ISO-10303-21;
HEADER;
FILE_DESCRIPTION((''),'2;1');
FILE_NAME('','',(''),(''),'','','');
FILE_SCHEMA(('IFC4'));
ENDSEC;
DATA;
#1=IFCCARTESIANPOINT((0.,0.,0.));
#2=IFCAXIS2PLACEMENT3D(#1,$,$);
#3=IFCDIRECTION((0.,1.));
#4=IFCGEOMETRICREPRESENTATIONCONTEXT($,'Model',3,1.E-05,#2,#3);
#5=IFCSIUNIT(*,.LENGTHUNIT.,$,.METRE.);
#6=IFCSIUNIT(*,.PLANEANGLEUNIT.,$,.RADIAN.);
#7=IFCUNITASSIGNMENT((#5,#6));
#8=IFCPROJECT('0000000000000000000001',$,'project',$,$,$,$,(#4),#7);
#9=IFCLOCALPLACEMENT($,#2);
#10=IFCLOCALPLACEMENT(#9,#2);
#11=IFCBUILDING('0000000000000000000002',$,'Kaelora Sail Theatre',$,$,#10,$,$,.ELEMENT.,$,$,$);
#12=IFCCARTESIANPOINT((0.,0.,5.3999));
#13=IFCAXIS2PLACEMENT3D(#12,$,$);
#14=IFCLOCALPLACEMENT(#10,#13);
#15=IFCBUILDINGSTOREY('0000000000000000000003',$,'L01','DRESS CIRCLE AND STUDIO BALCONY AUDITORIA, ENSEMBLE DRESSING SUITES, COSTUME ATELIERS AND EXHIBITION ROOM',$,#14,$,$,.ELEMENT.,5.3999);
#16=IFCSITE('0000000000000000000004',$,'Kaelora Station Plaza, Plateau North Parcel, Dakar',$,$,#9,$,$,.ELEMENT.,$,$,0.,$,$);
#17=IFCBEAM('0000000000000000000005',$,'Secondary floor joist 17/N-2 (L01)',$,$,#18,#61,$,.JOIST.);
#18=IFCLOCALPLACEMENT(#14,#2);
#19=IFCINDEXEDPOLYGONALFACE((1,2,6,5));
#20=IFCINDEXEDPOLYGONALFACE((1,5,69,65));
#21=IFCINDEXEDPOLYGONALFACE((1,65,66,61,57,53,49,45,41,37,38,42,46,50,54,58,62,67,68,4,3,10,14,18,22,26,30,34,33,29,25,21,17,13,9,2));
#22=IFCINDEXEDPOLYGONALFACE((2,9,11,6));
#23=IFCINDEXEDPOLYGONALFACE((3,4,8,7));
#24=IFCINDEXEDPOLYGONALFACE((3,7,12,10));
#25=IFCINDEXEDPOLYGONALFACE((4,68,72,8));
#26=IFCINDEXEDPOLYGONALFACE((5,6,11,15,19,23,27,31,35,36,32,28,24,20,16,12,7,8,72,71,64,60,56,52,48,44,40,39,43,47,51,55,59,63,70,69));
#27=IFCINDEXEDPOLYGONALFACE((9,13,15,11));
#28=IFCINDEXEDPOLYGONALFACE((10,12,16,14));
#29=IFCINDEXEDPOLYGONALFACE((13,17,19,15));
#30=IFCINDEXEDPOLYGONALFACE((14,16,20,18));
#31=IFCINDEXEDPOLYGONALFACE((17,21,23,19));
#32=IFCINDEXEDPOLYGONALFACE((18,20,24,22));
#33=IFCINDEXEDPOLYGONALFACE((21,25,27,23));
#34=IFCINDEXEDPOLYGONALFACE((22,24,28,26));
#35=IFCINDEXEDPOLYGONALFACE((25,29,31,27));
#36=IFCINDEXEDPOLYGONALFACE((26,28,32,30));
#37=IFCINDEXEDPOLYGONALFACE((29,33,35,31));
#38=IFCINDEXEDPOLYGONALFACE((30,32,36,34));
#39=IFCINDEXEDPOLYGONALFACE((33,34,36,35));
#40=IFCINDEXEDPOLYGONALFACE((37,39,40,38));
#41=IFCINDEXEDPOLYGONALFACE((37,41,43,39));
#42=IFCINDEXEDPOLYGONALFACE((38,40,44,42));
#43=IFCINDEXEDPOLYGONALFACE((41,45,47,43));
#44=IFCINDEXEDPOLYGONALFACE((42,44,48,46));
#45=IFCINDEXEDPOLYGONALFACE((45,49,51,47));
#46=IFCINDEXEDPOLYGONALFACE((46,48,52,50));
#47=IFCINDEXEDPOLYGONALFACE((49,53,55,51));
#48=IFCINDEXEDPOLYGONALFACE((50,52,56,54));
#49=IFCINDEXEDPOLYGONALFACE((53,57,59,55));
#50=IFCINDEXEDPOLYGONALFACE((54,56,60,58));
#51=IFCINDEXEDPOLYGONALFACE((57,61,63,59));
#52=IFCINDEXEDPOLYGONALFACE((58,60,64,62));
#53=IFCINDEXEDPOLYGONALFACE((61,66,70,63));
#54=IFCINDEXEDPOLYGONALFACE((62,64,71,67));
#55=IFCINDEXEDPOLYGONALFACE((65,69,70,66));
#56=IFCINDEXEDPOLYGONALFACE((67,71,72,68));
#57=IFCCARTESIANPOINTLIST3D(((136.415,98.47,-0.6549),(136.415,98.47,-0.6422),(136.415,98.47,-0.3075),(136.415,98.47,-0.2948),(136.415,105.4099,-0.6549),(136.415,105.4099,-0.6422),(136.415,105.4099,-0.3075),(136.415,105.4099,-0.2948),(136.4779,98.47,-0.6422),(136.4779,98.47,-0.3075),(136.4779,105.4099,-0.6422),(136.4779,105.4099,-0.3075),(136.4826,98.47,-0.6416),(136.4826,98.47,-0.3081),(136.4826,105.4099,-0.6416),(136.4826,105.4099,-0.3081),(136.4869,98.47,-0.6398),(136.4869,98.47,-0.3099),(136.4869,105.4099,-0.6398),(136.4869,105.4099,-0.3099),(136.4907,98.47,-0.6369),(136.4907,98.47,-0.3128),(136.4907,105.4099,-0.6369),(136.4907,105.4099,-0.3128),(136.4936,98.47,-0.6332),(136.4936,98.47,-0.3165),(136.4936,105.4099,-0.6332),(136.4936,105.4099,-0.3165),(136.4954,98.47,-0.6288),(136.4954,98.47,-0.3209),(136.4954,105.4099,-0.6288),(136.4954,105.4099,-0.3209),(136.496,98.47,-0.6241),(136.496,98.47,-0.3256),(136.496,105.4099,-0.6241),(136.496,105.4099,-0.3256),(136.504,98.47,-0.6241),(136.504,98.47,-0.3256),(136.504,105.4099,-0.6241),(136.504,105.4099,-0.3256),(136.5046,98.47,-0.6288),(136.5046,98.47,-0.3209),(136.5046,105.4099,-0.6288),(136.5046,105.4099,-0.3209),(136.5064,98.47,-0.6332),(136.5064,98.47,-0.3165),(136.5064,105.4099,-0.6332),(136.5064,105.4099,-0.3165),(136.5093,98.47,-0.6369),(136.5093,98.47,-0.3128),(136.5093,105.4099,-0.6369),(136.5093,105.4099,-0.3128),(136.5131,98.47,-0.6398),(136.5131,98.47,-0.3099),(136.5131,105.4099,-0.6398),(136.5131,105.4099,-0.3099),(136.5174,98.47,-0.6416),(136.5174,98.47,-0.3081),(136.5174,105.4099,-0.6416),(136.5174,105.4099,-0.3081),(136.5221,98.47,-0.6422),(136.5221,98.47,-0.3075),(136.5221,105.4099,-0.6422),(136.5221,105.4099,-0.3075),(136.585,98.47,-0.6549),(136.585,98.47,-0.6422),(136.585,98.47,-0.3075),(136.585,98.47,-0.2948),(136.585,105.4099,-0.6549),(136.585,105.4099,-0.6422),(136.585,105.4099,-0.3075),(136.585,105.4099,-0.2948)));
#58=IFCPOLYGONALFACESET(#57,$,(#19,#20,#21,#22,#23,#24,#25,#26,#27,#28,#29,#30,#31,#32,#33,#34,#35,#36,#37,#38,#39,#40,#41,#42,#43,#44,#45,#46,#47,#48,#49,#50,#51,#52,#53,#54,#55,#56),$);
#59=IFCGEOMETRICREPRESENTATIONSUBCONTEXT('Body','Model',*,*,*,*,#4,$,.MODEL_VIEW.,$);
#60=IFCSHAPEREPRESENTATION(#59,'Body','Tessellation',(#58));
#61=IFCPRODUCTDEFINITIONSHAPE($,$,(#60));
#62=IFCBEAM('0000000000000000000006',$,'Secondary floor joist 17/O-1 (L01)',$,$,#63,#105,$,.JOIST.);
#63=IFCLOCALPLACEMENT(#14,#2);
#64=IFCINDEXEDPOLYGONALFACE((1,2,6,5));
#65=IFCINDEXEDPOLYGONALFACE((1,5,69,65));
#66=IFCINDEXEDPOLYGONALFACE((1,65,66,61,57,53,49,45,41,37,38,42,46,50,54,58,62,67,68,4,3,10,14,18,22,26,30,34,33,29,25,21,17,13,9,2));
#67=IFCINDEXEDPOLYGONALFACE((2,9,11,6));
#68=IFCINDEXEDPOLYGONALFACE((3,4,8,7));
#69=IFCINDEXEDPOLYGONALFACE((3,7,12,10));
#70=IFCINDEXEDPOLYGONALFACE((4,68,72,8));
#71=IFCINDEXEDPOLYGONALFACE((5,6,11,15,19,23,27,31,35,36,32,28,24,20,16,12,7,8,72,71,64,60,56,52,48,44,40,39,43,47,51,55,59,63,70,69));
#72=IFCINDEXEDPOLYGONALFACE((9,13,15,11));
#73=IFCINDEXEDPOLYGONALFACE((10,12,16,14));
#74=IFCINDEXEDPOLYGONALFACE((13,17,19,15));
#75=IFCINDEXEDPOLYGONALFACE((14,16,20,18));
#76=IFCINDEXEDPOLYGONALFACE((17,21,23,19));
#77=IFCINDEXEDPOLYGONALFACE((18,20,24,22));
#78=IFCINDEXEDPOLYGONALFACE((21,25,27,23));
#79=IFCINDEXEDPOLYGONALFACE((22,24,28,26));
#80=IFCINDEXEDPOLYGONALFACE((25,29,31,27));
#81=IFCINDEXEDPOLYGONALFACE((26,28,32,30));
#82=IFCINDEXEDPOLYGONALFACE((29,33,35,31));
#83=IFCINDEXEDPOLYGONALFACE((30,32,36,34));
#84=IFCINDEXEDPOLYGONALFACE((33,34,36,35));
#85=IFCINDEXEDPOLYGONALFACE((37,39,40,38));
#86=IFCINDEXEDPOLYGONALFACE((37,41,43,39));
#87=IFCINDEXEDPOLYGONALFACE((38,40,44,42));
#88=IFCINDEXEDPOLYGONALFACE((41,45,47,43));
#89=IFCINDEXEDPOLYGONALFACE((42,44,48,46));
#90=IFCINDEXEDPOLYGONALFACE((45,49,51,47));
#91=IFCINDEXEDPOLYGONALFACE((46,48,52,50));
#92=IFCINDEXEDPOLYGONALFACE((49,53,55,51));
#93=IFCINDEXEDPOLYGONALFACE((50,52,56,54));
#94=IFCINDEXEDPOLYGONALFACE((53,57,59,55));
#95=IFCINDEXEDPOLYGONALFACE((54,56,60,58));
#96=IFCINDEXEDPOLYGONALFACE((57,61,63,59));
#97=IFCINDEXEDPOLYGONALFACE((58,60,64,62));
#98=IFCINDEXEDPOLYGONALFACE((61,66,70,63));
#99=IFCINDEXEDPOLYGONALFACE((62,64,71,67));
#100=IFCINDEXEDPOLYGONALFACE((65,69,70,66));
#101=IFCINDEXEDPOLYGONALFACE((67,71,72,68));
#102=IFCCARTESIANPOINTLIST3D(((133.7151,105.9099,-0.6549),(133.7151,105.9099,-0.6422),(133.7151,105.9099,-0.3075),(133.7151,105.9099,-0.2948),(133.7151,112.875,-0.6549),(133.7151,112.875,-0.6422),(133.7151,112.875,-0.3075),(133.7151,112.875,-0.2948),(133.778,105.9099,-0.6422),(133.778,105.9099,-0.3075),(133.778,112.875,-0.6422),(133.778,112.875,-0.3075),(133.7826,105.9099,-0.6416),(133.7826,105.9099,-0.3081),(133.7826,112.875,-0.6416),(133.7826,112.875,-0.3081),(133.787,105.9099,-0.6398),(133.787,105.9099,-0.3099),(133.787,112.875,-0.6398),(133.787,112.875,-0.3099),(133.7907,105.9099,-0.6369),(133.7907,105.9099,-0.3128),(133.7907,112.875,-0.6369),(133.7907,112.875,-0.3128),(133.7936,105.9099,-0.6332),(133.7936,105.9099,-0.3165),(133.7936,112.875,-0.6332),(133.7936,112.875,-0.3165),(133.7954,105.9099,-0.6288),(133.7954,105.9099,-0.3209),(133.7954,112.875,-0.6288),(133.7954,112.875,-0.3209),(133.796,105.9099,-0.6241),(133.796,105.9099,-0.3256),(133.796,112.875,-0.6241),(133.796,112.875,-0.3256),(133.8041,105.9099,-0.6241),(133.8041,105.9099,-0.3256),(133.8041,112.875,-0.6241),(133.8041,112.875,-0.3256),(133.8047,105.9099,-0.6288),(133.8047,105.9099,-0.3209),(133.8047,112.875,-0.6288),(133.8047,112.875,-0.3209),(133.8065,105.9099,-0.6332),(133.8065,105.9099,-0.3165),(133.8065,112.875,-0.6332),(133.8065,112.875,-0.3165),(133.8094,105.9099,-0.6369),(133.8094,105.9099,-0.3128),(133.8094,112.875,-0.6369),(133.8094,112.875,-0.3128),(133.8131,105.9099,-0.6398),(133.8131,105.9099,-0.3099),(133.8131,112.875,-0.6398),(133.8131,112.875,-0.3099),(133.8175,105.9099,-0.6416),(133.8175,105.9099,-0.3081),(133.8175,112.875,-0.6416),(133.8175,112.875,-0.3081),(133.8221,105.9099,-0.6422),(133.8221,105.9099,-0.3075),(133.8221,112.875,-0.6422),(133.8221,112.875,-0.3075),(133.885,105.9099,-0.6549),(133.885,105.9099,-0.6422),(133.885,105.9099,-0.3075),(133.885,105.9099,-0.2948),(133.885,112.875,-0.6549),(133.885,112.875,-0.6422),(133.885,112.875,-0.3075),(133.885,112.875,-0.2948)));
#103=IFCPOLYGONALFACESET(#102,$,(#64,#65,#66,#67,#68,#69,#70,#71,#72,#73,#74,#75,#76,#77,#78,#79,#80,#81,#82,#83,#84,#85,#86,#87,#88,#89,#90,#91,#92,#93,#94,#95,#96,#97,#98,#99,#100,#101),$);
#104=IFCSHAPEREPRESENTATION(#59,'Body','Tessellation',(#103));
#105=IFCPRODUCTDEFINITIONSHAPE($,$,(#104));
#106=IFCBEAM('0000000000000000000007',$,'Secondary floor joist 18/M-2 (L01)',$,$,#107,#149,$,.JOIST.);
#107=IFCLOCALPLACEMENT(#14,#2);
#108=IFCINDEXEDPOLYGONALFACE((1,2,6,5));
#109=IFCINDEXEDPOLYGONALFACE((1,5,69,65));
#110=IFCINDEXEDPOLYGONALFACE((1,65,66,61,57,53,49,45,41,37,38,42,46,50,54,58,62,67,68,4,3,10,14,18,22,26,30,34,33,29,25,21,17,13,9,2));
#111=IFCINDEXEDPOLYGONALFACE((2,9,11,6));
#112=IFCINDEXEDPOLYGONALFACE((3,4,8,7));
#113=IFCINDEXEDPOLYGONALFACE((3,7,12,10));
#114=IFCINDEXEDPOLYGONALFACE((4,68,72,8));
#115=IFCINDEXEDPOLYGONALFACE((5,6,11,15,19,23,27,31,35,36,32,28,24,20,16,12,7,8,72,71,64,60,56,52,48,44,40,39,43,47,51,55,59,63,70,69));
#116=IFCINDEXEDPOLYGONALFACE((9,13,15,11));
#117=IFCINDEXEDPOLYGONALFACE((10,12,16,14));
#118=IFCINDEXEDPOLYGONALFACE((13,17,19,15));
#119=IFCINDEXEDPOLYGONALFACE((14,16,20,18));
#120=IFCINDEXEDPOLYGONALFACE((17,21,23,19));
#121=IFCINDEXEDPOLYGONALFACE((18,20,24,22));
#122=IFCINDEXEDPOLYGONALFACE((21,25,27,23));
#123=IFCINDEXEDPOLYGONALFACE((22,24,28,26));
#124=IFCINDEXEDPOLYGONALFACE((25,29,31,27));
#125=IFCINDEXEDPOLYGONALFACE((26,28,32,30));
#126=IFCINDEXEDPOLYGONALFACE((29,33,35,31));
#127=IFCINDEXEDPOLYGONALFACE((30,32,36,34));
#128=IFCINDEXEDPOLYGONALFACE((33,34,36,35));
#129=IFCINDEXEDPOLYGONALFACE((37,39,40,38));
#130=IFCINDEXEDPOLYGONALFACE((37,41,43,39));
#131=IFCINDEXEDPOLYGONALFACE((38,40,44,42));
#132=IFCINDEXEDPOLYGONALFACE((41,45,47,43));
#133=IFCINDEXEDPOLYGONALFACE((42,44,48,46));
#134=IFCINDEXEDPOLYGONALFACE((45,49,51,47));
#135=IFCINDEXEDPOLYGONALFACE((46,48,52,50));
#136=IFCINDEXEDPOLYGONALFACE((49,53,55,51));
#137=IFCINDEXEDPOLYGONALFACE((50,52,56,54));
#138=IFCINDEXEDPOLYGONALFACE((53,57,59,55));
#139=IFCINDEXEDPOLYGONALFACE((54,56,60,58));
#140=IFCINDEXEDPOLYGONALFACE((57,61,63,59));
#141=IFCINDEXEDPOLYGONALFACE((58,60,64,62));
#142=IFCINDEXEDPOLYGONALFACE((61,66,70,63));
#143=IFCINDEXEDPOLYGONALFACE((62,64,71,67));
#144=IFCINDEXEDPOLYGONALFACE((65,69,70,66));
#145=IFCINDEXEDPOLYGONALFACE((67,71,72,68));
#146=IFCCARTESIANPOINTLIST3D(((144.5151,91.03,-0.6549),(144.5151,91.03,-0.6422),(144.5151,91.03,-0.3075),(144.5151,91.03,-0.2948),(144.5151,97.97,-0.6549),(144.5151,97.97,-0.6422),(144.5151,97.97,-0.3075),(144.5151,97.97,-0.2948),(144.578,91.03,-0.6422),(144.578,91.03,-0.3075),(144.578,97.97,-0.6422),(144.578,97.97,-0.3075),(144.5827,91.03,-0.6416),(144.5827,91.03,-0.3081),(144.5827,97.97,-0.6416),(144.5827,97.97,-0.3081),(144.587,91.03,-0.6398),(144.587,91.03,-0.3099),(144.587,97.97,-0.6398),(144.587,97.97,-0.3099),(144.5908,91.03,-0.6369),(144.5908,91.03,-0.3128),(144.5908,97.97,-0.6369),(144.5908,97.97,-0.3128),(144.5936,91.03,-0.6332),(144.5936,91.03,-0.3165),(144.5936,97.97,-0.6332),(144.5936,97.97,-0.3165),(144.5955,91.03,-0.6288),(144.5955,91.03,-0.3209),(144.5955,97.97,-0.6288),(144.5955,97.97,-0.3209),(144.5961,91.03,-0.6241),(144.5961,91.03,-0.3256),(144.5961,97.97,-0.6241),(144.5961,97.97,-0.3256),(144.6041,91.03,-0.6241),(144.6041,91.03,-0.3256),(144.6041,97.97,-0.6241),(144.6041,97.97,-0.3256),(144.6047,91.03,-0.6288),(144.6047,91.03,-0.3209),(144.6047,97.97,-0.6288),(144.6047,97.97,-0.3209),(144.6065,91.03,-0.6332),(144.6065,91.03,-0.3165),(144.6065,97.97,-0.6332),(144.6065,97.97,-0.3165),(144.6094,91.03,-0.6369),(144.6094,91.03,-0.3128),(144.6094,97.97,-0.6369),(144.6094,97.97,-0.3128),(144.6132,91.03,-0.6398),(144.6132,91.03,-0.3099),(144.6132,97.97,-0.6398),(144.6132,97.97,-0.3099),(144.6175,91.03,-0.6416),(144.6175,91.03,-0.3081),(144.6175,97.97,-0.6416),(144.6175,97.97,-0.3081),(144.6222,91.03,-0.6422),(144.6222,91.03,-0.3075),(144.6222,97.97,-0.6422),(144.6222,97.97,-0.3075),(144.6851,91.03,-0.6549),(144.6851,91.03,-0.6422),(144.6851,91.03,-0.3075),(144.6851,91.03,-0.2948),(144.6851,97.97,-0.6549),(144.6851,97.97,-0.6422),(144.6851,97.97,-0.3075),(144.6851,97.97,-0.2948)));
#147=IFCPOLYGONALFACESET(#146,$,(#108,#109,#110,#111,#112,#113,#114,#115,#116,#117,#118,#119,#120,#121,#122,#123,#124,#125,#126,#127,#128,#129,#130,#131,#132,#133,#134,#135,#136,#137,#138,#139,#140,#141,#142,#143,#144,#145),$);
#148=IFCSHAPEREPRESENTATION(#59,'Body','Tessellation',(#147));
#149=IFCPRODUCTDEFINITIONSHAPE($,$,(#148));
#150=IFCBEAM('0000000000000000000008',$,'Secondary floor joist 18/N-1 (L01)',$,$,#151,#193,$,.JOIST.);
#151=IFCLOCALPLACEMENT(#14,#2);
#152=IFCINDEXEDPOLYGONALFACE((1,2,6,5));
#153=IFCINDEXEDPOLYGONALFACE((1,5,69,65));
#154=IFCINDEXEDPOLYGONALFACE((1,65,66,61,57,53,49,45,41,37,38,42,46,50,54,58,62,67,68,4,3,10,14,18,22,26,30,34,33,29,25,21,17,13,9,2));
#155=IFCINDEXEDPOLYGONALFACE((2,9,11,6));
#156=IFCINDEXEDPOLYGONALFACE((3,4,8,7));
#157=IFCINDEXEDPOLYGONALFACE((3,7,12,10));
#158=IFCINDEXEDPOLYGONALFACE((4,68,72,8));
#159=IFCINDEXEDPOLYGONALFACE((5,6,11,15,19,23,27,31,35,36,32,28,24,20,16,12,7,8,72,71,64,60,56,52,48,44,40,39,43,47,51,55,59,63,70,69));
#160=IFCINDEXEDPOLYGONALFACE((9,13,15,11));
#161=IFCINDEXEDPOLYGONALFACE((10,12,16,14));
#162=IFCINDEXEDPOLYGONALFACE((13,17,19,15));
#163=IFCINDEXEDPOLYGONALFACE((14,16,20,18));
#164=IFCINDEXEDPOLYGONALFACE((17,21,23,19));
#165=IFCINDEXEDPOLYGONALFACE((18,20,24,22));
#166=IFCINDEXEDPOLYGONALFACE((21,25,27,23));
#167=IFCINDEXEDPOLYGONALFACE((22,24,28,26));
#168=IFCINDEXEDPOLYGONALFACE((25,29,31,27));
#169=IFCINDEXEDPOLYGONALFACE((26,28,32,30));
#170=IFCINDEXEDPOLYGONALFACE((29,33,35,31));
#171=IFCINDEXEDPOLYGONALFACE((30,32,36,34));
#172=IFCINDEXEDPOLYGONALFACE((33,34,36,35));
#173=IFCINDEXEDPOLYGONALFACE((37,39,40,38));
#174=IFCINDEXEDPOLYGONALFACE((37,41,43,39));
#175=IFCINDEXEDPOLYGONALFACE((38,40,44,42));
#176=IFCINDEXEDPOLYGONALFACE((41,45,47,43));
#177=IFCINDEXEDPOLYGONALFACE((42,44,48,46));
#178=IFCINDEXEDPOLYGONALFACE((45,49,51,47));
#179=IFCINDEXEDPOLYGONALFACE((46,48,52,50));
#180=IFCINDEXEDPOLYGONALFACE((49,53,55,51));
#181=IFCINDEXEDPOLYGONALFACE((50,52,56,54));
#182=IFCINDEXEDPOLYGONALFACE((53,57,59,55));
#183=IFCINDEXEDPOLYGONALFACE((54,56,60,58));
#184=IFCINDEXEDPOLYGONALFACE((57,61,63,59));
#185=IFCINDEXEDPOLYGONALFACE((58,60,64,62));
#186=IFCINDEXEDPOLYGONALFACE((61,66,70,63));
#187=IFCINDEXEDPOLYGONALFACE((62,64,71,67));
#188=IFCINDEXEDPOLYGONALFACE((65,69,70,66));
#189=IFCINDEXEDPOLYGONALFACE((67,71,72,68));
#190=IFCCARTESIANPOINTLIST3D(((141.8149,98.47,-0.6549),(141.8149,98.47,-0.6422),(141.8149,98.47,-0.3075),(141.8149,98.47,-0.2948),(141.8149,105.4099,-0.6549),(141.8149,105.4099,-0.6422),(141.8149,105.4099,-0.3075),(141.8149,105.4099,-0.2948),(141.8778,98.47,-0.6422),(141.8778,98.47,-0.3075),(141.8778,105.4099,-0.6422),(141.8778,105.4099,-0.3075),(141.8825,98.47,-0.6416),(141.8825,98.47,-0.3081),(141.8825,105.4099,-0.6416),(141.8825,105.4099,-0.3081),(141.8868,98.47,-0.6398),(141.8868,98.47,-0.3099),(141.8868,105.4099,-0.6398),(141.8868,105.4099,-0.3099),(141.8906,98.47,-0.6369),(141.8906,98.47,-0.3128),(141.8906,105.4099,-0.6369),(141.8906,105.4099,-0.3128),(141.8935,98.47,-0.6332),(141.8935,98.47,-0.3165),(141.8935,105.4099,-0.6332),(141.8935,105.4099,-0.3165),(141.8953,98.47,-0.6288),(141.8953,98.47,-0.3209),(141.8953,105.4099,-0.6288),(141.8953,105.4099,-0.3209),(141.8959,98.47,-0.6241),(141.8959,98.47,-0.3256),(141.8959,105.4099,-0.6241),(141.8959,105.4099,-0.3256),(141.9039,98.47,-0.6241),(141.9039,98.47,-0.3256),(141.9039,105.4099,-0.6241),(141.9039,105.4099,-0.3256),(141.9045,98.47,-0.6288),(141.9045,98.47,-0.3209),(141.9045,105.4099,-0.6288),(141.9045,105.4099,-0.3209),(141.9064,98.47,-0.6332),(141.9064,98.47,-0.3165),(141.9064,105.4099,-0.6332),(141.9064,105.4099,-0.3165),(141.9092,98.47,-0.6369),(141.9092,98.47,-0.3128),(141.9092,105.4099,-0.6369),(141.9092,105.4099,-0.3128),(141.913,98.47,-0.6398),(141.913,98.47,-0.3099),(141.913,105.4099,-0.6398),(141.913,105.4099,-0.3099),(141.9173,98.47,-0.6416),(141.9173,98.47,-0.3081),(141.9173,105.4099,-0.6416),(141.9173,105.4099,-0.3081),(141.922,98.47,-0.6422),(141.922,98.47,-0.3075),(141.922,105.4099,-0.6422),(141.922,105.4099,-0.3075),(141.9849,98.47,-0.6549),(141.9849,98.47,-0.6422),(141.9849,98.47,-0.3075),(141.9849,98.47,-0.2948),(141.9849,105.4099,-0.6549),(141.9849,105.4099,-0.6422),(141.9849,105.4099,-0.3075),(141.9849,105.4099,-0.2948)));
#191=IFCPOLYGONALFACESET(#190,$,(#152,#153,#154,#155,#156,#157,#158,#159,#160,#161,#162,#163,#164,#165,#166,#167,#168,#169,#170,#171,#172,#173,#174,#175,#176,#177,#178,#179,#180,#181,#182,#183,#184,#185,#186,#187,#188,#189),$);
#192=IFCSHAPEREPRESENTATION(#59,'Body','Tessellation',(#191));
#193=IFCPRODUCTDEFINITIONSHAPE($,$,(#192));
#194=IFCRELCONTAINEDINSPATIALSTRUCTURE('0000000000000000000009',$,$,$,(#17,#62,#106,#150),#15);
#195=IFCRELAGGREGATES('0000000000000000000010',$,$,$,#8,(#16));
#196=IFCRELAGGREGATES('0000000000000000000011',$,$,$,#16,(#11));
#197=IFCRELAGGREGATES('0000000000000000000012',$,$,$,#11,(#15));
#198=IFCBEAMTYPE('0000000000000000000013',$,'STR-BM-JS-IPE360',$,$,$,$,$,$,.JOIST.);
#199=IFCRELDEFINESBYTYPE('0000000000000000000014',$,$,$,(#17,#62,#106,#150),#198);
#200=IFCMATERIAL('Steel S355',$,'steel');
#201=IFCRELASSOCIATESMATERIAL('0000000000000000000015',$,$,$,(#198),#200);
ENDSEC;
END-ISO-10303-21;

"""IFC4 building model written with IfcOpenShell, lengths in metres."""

from ifc_helpers import new_model, si_unit, direction, frame, origin, origin_2d, place, context, subcontext, project, spatial, i_section, extrude, material, material_profile, profile_set, type_object, element, save


model = new_model("IFC4")

# Units and contexts
model_context = context("Model", 3, precision=1e-05, world=origin(), true_north=direction((0.0, 1.0)))
body_context = subcontext(model_context, "Body", "Model", "MODEL_VIEW")
ifc_project = project(units=[si_unit("LENGTHUNIT", "METRE"), si_unit("PLANEANGLEUNIT", "RADIAN")], contexts=[model_context])

# Site, building, storey
site_placement = place(None, origin())
site = spatial("IfcSite", under=ifc_project, at=site_placement, Name="Kaelora Station Plaza, Plateau North Parcel, Dakar", CompositionType="ELEMENT", RefElevation=0.0)
building_placement = place(site_placement, origin())
building = spatial("IfcBuilding", under=site, at=building_placement, Name="Kaelora Sail Theatre", CompositionType="ELEMENT")
storey_placement = place(building_placement, frame((0.0, 0.0, 5.3999)))
storey = spatial("IfcBuildingStorey", under=building, at=storey_placement, Name="L01", Description="DRESS CIRCLE AND STUDIO BALCONY AUDITORIA, ENSEMBLE DRESSING SUITES, COSTUME ATELIERS AND EXHIBITION ROOM", CompositionType="ELEMENT", Elevation=5.3999)

# Beams
ifc_material_1 = material(Name="Steel S355", Category="steel")
ifc_material_profile_1 = material_profile(ifc_material_1, i_section(OverallWidth=0.1699, OverallDepth=0.3601, WebThickness=0.0081, FlangeThickness=0.0127, FilletRadius=0.0181, at=origin_2d()), Name="IPE 360")
ifc_profile_set_1 = profile_set([ifc_material_profile_1], Name="Steel S355")
beam_type_1 = type_object("IfcBeamType", Name="STR-BM-JS-IPE360", PredefinedType="JOIST", material=ifc_profile_set_1)
beam_1_placement = place(storey_placement, frame((136.5, 98.47, -0.4749), z_axis=(0.0, 1.0, 0.0), x_axis=(-1.0, 0.0, 0.0)))
element("IfcBeam", 1, at=beam_1_placement, inside=storey, type_object=beam_type_1, Name="Secondary floor joist 17/N-2 (L01)", PredefinedType="JOIST", context=body_context, shape_type="SweptSolid", body=[
    extrude(i_section(OverallWidth=0.1699, OverallDepth=0.3601, WebThickness=0.0081, FlangeThickness=0.0127, FilletRadius=0.0181, at=origin_2d()), origin(), (0.0, 0.0, 1.0), 6.9399),
])
beam_2_placement = place(storey_placement, frame((133.8, 105.9099, -0.4749), z_axis=(0.0, 1.0, 0.0), x_axis=(-1.0, 0.0, 0.0)))
element("IfcBeam", 2, at=beam_2_placement, inside=storey, type_object=beam_type_1, Name="Secondary floor joist 17/O-1 (L01)", PredefinedType="JOIST", context=body_context, shape_type="SweptSolid", body=[
    extrude(i_section(OverallWidth=0.1699, OverallDepth=0.3601, WebThickness=0.0081, FlangeThickness=0.0127, FilletRadius=0.0181, at=origin_2d()), origin(), (0.0, 0.0, 1.0), 6.9651),
])
for number, where, z_axis, x_axis, name in (
    (3, (144.6001, 91.03, -0.4749), (0.0, 1.0, 0.0), (-1.0, 0.0, 0.0), "Secondary floor joist 18/M-2 (L01)"),
    (4, (141.8999, 98.47, -0.4749), (0.0, 1.0, 0.0), (-1.0, 0.0, 0.0), "Secondary floor joist 18/N-1 (L01)"),
):
    element("IfcBeam", number, at=place(storey_placement, frame(where, z_axis=z_axis, x_axis=x_axis)), inside=storey, type_object=beam_type_1, Name=name, PredefinedType="JOIST", context=body_context, shape_type="SweptSolid", body=[
        extrude(i_section(OverallWidth=0.1699, OverallDepth=0.3601, WebThickness=0.0081, FlangeThickness=0.0127, FilletRadius=0.0181, at=origin_2d()), origin(), (0.0, 0.0, 1.0), 6.9399),
    ])

save(model, "model.ifc")
